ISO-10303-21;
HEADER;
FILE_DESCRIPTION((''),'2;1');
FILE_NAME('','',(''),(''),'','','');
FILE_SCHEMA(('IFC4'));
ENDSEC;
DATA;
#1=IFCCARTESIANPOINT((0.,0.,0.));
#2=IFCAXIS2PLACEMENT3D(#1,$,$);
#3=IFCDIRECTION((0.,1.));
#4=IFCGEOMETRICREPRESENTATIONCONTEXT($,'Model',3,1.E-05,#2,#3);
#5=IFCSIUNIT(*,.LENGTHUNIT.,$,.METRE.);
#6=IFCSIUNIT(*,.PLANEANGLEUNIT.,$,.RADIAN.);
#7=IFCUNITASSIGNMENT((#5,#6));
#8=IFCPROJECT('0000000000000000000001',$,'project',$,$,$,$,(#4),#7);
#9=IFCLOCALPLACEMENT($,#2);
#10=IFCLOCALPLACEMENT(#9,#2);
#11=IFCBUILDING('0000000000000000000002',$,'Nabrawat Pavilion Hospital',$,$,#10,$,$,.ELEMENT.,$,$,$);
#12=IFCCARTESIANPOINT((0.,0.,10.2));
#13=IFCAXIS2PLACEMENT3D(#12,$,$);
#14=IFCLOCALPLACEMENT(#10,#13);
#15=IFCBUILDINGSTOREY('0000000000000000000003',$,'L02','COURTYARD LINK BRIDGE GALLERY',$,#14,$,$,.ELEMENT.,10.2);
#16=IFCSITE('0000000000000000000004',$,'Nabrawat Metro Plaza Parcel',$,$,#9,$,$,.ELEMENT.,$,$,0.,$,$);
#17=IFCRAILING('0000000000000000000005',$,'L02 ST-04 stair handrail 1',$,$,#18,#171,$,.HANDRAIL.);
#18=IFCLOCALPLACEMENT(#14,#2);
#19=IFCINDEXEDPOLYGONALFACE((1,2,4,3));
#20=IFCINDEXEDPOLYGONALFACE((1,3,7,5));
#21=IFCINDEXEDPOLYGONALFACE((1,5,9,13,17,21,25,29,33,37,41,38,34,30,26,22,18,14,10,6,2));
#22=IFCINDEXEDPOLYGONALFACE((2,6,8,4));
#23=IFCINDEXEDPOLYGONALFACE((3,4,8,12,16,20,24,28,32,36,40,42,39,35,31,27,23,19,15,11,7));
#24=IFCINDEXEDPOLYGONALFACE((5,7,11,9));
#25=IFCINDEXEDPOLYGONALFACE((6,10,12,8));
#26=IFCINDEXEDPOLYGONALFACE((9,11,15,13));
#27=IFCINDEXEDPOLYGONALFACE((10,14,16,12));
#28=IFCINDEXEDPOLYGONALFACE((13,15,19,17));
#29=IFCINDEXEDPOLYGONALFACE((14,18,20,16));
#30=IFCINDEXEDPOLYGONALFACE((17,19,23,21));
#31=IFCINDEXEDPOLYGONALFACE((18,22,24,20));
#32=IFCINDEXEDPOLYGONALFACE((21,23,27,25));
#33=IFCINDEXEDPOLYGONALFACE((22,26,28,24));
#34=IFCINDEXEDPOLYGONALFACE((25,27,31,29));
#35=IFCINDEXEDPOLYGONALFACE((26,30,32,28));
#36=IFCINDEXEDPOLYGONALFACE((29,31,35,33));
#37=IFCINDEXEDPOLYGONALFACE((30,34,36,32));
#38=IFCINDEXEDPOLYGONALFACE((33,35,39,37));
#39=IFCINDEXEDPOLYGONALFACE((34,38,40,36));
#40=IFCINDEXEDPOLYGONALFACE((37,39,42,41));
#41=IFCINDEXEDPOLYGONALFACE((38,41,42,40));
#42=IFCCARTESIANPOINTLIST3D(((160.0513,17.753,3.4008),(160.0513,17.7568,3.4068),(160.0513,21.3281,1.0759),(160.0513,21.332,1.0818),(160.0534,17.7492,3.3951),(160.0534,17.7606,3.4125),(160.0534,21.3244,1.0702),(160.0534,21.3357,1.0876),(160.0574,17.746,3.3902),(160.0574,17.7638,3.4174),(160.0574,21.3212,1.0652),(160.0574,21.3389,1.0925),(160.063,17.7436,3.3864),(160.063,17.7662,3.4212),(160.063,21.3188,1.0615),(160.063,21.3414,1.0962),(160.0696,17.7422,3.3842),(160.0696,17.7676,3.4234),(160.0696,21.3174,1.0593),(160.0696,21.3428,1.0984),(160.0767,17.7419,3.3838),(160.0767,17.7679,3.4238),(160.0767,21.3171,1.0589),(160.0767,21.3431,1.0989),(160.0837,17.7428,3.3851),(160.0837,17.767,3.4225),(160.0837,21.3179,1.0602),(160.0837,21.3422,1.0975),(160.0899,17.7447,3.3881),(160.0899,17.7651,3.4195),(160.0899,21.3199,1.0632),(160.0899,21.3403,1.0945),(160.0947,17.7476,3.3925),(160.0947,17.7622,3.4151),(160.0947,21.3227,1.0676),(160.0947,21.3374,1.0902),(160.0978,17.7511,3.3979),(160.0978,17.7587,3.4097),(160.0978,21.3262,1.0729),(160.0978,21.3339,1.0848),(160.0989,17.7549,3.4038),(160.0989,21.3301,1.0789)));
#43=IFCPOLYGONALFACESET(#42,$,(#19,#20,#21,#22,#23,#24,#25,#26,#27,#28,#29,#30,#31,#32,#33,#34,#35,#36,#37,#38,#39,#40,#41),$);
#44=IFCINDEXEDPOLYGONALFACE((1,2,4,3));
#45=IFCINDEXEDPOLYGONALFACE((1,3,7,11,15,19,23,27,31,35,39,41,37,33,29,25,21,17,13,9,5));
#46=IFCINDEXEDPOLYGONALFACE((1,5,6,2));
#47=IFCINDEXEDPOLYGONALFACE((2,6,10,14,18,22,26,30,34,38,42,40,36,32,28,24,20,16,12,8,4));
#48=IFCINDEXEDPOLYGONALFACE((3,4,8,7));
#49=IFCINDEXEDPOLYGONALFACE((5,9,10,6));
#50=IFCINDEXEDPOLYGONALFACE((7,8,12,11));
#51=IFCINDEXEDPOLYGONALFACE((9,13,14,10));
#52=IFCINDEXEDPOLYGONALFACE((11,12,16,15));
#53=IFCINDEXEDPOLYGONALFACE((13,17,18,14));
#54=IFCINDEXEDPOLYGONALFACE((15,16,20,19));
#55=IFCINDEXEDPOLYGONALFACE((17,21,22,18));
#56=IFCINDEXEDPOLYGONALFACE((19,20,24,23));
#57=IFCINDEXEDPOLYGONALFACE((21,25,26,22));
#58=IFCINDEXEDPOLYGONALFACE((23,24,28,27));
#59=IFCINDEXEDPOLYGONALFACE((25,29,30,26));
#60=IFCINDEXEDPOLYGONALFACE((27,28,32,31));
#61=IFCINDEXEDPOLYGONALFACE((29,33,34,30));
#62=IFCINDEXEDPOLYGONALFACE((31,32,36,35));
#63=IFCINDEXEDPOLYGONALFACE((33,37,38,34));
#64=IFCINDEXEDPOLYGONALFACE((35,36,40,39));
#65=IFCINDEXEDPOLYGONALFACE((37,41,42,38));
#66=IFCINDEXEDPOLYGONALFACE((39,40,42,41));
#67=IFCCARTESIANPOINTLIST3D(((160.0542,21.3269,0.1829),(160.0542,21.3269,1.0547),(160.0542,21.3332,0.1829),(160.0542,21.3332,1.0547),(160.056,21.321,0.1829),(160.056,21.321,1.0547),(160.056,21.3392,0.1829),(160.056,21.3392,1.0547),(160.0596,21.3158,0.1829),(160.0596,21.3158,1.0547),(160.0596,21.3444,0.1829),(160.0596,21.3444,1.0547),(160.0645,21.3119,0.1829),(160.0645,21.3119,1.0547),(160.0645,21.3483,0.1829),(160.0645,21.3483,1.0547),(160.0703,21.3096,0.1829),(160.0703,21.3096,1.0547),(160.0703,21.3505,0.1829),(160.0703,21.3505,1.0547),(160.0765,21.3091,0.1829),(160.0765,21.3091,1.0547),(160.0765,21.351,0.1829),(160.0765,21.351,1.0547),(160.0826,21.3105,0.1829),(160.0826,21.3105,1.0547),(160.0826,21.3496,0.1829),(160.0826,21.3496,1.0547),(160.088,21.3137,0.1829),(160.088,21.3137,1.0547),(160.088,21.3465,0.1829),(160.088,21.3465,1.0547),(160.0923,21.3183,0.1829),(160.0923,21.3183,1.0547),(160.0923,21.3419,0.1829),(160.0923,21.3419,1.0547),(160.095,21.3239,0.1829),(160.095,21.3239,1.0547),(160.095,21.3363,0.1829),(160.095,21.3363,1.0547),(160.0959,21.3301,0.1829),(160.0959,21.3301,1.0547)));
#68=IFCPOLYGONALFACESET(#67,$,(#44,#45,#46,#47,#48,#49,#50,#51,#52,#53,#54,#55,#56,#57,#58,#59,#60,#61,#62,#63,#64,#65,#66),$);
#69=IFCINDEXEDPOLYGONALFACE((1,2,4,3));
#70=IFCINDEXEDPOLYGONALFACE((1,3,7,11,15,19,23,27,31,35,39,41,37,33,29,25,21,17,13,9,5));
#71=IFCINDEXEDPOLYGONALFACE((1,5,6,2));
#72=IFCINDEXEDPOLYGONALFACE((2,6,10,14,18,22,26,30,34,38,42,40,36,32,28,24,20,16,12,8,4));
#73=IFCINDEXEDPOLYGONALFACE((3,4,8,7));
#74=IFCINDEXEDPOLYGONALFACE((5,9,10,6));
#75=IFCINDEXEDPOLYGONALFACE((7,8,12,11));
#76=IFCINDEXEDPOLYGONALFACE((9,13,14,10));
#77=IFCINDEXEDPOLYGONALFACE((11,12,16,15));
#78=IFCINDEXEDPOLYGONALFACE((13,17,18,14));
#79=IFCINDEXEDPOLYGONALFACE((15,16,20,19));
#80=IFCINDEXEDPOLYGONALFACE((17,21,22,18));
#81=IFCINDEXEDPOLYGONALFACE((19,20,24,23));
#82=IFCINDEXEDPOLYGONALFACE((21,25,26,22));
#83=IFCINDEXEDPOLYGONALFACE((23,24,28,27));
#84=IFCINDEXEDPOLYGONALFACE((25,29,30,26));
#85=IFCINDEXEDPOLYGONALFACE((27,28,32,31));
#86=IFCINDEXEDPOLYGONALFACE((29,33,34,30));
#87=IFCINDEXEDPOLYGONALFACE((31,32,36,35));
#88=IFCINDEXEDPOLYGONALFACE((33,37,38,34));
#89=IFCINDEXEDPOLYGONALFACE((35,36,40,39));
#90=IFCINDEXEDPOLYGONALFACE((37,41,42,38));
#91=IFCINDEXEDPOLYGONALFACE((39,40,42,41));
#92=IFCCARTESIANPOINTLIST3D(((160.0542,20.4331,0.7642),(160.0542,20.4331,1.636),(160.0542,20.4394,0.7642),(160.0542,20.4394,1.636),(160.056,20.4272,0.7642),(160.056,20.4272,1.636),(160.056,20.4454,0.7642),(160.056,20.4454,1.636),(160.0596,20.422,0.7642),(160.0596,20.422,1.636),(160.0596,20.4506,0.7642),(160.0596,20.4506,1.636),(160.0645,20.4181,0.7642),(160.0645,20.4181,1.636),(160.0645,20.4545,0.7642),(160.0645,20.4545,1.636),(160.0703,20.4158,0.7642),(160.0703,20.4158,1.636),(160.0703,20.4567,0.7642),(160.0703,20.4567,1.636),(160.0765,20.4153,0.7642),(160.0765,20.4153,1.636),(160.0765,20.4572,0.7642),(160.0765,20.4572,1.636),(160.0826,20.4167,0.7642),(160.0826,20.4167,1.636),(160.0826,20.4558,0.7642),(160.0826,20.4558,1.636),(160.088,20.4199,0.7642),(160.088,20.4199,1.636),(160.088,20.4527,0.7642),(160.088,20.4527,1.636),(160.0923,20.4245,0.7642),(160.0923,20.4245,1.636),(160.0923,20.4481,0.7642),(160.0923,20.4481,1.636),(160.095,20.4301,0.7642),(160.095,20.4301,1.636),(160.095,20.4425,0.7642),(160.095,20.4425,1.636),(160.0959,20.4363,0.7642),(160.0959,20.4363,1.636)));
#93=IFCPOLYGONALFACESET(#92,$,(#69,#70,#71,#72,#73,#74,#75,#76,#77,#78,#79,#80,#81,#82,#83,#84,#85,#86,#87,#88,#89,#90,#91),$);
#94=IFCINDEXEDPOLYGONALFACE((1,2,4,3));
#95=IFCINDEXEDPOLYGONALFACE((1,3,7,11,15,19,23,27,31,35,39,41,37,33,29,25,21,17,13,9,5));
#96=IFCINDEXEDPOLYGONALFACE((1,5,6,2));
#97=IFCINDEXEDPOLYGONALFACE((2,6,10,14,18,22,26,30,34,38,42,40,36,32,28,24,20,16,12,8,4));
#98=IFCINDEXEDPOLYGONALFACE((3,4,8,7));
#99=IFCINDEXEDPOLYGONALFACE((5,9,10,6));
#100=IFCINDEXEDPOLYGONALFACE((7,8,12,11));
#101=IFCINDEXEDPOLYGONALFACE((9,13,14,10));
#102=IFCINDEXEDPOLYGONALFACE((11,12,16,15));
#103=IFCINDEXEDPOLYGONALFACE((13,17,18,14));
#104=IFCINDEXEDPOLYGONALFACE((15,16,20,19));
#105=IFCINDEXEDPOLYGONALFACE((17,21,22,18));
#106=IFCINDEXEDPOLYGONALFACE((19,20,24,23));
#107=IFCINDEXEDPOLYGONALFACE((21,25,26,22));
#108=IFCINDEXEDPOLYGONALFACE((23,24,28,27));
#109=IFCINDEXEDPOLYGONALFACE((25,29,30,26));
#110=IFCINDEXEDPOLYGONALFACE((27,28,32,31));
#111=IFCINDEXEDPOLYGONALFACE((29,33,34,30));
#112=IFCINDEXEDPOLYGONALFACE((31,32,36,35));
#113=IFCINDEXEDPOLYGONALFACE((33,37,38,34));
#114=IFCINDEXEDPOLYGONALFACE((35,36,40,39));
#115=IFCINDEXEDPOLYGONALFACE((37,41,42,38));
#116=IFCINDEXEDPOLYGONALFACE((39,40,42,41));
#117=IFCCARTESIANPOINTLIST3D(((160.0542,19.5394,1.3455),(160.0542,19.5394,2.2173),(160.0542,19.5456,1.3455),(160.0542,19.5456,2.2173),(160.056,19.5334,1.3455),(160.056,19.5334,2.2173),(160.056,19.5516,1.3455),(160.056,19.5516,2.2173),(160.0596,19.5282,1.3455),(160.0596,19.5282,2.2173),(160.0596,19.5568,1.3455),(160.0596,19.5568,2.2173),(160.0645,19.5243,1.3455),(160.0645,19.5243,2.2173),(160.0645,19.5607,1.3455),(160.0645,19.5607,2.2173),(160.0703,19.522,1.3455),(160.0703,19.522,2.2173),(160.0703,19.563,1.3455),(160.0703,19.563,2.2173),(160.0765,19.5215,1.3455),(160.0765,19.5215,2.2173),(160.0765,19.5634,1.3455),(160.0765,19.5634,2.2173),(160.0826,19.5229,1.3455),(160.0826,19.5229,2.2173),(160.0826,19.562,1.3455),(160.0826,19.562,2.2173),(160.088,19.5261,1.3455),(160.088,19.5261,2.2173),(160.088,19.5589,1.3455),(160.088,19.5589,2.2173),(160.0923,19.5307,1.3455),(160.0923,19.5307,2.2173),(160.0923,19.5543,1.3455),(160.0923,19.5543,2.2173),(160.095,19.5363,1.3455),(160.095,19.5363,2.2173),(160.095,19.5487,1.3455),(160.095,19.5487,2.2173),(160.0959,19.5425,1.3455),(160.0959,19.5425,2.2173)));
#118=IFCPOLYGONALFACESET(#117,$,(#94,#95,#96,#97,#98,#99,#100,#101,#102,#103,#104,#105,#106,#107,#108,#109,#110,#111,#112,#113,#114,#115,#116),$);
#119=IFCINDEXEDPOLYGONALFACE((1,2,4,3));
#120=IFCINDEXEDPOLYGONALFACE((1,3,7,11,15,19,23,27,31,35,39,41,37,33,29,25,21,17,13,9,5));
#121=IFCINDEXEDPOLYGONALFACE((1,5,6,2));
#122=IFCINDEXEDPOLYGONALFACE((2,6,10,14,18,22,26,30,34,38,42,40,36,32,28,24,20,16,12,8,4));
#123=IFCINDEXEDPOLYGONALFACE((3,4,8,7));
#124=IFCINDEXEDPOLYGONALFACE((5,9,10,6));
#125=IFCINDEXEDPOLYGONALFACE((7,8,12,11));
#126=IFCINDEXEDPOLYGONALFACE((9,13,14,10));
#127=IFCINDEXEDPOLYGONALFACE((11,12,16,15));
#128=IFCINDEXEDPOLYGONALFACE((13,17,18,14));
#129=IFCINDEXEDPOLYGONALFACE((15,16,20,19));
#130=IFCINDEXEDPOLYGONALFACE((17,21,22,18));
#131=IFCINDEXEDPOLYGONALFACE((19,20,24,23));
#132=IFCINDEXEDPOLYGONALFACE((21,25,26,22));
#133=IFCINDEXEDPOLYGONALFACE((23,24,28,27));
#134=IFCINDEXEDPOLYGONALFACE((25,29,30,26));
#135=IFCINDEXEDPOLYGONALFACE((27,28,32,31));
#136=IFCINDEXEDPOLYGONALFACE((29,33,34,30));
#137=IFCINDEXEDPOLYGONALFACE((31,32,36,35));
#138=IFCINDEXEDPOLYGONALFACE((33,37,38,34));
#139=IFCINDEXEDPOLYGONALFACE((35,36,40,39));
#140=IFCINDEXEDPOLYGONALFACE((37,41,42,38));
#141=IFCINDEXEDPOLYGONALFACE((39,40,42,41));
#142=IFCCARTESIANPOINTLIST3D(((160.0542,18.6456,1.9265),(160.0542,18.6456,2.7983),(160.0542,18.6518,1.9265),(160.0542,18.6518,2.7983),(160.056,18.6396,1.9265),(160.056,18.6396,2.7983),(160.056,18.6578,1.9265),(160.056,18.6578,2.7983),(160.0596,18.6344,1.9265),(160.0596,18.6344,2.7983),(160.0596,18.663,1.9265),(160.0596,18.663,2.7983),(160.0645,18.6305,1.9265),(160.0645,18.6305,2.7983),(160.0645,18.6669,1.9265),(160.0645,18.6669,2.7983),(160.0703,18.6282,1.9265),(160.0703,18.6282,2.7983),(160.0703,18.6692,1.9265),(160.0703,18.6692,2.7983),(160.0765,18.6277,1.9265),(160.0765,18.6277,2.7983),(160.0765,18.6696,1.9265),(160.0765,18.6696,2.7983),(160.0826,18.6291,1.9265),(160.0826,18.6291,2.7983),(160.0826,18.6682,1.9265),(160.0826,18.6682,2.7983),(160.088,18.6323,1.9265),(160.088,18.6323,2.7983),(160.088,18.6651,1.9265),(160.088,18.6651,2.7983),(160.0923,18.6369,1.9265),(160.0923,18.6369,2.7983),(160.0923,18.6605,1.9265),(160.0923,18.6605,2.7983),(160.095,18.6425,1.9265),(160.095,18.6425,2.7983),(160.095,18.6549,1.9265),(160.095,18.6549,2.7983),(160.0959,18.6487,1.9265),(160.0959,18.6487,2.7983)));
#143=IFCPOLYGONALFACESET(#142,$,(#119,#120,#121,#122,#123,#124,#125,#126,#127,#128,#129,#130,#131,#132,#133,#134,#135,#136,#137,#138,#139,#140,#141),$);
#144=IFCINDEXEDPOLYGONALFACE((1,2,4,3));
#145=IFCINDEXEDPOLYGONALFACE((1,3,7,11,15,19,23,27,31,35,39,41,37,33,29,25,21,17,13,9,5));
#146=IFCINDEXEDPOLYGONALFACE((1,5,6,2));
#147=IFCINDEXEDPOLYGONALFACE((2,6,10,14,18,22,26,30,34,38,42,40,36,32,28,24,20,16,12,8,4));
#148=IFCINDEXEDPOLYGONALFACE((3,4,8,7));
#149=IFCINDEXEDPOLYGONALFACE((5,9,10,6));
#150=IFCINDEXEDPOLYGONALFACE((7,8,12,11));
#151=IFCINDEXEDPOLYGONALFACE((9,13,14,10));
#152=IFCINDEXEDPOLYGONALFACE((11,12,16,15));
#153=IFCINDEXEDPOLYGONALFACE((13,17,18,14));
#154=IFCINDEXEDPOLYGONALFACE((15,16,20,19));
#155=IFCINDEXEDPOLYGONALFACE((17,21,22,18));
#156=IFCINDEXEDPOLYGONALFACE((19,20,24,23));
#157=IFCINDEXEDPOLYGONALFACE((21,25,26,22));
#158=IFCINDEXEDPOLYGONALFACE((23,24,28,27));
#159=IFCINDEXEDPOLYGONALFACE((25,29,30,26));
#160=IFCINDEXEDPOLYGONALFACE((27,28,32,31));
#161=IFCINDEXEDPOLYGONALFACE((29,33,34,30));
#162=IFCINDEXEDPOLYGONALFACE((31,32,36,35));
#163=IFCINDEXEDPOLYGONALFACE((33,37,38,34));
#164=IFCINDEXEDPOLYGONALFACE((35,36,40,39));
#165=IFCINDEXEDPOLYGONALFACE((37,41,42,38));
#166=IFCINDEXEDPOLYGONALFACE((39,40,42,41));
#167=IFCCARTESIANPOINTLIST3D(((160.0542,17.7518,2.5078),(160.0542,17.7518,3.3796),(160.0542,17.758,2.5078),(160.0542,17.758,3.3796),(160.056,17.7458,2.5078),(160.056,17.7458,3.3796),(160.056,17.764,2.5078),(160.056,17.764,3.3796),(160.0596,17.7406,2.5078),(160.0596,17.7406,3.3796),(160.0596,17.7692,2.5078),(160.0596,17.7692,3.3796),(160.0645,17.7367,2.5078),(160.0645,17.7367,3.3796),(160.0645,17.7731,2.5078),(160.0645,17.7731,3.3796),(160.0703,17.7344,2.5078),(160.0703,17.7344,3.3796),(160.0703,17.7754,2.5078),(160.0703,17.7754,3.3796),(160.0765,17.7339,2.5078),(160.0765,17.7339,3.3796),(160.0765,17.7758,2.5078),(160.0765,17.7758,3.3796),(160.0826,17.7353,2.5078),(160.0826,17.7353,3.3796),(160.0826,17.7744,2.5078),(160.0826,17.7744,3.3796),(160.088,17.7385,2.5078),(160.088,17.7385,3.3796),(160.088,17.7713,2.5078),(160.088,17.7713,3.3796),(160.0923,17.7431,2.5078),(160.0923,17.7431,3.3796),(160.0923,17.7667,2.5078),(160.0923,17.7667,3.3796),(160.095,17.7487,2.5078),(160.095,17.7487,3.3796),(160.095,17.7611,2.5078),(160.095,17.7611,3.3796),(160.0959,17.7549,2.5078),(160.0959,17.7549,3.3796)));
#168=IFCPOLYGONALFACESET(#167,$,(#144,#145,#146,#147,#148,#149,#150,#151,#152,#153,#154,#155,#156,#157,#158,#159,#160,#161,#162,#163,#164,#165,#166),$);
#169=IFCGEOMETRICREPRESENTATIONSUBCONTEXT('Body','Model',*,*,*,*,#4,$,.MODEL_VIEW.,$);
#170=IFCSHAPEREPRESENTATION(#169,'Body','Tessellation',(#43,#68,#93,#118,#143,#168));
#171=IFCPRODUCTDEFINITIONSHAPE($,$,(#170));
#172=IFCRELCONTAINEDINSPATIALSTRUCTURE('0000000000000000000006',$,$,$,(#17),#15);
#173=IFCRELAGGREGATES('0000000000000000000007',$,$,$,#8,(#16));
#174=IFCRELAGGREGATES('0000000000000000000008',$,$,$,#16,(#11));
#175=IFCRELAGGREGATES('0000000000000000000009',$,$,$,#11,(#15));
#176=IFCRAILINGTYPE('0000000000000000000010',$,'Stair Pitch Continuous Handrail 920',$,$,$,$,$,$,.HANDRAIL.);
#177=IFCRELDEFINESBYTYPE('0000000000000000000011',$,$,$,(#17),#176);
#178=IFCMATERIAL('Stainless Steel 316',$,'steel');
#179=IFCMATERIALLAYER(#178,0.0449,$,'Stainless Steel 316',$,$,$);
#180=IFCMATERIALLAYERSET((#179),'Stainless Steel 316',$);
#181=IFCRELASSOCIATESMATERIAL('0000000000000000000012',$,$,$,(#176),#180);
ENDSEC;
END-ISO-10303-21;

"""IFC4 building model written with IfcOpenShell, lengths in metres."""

from ifc_helpers import new_model, si_unit, direction, frame, origin, origin_2d, place, context, subcontext, project, spatial, circle, extrude, material, layer, layer_set, type_object, element, save


model = new_model("IFC4")

# Units and contexts
model_context = context("Model", 3, precision=1e-05, world=origin(), true_north=direction((0.0, 1.0)))
body_context = subcontext(model_context, "Body", "Model", "MODEL_VIEW")
ifc_project = project(units=[si_unit("LENGTHUNIT", "METRE"), si_unit("PLANEANGLEUNIT", "RADIAN")], contexts=[model_context])

# Site, building, storey
site_placement = place(None, origin())
site = spatial("IfcSite", under=ifc_project, at=site_placement, Name="Nabrawat Metro Plaza Parcel", CompositionType="ELEMENT", RefElevation=0.0)
building_placement = place(site_placement, origin())
building = spatial("IfcBuilding", under=site, at=building_placement, Name="Nabrawat Pavilion Hospital", CompositionType="ELEMENT")
storey_placement = place(building_placement, frame((0.0, 0.0, 10.2)))
storey = spatial("IfcBuildingStorey", under=building, at=storey_placement, Name="L02", Description="COURTYARD LINK BRIDGE GALLERY", CompositionType="ELEMENT", Elevation=10.2)

# Railing
ifc_material_1 = material(Name="Stainless Steel 316", Category="steel")
ifc_layer_1 = layer(ifc_material_1, 0.0449, Name="Stainless Steel 316")
ifc_layer_set_1 = layer_set([ifc_layer_1], Name="Stainless Steel 316")
railing_type_1 = type_object("IfcRailingType", Name="Stair Pitch Continuous Handrail 920", PredefinedType="HANDRAIL", material=ifc_layer_set_1)
railing_1_placement = place(storey_placement, frame((160.075, 21.3301, 0.1829)))
element("IfcRailing", 1, at=railing_1_placement, inside=storey, type_object=railing_type_1, Name="L02 ST-04 stair handrail 1", PredefinedType="HANDRAIL", context=body_context, shape_type="SweptSolid", body=[
    extrude(circle(Radius=0.0239, at=origin_2d()), frame((0.0, 0.0, 0.896), z_axis=(0.0, -0.838328, 0.545165), x_axis=(1.0, 0.0, 0.0)), (0.0, 0.0, 1.0), 4.2646),
    extrude(circle(Radius=0.021, at=origin_2d()), origin(), (0.0, 0.0, 1.0), 0.8718),
    extrude(circle(Radius=0.021, at=origin_2d()), frame((0.0, -0.8938, 0.5813)), (0.0, 0.0, 1.0), 0.8718),
    extrude(circle(Radius=0.021, at=origin_2d()), frame((0.0, -1.7876, 1.1626)), (0.0, 0.0, 1.0), 0.8718),
    extrude(circle(Radius=0.021, at=origin_2d()), frame((0.0, -2.6814, 1.7437)), (0.0, 0.0, 1.0), 0.8718),
    extrude(circle(Radius=0.021, at=origin_2d()), frame((0.0, -3.5752, 2.325)), (0.0, 0.0, 1.0), 0.8718),
])

save(model, "model.ifc")
